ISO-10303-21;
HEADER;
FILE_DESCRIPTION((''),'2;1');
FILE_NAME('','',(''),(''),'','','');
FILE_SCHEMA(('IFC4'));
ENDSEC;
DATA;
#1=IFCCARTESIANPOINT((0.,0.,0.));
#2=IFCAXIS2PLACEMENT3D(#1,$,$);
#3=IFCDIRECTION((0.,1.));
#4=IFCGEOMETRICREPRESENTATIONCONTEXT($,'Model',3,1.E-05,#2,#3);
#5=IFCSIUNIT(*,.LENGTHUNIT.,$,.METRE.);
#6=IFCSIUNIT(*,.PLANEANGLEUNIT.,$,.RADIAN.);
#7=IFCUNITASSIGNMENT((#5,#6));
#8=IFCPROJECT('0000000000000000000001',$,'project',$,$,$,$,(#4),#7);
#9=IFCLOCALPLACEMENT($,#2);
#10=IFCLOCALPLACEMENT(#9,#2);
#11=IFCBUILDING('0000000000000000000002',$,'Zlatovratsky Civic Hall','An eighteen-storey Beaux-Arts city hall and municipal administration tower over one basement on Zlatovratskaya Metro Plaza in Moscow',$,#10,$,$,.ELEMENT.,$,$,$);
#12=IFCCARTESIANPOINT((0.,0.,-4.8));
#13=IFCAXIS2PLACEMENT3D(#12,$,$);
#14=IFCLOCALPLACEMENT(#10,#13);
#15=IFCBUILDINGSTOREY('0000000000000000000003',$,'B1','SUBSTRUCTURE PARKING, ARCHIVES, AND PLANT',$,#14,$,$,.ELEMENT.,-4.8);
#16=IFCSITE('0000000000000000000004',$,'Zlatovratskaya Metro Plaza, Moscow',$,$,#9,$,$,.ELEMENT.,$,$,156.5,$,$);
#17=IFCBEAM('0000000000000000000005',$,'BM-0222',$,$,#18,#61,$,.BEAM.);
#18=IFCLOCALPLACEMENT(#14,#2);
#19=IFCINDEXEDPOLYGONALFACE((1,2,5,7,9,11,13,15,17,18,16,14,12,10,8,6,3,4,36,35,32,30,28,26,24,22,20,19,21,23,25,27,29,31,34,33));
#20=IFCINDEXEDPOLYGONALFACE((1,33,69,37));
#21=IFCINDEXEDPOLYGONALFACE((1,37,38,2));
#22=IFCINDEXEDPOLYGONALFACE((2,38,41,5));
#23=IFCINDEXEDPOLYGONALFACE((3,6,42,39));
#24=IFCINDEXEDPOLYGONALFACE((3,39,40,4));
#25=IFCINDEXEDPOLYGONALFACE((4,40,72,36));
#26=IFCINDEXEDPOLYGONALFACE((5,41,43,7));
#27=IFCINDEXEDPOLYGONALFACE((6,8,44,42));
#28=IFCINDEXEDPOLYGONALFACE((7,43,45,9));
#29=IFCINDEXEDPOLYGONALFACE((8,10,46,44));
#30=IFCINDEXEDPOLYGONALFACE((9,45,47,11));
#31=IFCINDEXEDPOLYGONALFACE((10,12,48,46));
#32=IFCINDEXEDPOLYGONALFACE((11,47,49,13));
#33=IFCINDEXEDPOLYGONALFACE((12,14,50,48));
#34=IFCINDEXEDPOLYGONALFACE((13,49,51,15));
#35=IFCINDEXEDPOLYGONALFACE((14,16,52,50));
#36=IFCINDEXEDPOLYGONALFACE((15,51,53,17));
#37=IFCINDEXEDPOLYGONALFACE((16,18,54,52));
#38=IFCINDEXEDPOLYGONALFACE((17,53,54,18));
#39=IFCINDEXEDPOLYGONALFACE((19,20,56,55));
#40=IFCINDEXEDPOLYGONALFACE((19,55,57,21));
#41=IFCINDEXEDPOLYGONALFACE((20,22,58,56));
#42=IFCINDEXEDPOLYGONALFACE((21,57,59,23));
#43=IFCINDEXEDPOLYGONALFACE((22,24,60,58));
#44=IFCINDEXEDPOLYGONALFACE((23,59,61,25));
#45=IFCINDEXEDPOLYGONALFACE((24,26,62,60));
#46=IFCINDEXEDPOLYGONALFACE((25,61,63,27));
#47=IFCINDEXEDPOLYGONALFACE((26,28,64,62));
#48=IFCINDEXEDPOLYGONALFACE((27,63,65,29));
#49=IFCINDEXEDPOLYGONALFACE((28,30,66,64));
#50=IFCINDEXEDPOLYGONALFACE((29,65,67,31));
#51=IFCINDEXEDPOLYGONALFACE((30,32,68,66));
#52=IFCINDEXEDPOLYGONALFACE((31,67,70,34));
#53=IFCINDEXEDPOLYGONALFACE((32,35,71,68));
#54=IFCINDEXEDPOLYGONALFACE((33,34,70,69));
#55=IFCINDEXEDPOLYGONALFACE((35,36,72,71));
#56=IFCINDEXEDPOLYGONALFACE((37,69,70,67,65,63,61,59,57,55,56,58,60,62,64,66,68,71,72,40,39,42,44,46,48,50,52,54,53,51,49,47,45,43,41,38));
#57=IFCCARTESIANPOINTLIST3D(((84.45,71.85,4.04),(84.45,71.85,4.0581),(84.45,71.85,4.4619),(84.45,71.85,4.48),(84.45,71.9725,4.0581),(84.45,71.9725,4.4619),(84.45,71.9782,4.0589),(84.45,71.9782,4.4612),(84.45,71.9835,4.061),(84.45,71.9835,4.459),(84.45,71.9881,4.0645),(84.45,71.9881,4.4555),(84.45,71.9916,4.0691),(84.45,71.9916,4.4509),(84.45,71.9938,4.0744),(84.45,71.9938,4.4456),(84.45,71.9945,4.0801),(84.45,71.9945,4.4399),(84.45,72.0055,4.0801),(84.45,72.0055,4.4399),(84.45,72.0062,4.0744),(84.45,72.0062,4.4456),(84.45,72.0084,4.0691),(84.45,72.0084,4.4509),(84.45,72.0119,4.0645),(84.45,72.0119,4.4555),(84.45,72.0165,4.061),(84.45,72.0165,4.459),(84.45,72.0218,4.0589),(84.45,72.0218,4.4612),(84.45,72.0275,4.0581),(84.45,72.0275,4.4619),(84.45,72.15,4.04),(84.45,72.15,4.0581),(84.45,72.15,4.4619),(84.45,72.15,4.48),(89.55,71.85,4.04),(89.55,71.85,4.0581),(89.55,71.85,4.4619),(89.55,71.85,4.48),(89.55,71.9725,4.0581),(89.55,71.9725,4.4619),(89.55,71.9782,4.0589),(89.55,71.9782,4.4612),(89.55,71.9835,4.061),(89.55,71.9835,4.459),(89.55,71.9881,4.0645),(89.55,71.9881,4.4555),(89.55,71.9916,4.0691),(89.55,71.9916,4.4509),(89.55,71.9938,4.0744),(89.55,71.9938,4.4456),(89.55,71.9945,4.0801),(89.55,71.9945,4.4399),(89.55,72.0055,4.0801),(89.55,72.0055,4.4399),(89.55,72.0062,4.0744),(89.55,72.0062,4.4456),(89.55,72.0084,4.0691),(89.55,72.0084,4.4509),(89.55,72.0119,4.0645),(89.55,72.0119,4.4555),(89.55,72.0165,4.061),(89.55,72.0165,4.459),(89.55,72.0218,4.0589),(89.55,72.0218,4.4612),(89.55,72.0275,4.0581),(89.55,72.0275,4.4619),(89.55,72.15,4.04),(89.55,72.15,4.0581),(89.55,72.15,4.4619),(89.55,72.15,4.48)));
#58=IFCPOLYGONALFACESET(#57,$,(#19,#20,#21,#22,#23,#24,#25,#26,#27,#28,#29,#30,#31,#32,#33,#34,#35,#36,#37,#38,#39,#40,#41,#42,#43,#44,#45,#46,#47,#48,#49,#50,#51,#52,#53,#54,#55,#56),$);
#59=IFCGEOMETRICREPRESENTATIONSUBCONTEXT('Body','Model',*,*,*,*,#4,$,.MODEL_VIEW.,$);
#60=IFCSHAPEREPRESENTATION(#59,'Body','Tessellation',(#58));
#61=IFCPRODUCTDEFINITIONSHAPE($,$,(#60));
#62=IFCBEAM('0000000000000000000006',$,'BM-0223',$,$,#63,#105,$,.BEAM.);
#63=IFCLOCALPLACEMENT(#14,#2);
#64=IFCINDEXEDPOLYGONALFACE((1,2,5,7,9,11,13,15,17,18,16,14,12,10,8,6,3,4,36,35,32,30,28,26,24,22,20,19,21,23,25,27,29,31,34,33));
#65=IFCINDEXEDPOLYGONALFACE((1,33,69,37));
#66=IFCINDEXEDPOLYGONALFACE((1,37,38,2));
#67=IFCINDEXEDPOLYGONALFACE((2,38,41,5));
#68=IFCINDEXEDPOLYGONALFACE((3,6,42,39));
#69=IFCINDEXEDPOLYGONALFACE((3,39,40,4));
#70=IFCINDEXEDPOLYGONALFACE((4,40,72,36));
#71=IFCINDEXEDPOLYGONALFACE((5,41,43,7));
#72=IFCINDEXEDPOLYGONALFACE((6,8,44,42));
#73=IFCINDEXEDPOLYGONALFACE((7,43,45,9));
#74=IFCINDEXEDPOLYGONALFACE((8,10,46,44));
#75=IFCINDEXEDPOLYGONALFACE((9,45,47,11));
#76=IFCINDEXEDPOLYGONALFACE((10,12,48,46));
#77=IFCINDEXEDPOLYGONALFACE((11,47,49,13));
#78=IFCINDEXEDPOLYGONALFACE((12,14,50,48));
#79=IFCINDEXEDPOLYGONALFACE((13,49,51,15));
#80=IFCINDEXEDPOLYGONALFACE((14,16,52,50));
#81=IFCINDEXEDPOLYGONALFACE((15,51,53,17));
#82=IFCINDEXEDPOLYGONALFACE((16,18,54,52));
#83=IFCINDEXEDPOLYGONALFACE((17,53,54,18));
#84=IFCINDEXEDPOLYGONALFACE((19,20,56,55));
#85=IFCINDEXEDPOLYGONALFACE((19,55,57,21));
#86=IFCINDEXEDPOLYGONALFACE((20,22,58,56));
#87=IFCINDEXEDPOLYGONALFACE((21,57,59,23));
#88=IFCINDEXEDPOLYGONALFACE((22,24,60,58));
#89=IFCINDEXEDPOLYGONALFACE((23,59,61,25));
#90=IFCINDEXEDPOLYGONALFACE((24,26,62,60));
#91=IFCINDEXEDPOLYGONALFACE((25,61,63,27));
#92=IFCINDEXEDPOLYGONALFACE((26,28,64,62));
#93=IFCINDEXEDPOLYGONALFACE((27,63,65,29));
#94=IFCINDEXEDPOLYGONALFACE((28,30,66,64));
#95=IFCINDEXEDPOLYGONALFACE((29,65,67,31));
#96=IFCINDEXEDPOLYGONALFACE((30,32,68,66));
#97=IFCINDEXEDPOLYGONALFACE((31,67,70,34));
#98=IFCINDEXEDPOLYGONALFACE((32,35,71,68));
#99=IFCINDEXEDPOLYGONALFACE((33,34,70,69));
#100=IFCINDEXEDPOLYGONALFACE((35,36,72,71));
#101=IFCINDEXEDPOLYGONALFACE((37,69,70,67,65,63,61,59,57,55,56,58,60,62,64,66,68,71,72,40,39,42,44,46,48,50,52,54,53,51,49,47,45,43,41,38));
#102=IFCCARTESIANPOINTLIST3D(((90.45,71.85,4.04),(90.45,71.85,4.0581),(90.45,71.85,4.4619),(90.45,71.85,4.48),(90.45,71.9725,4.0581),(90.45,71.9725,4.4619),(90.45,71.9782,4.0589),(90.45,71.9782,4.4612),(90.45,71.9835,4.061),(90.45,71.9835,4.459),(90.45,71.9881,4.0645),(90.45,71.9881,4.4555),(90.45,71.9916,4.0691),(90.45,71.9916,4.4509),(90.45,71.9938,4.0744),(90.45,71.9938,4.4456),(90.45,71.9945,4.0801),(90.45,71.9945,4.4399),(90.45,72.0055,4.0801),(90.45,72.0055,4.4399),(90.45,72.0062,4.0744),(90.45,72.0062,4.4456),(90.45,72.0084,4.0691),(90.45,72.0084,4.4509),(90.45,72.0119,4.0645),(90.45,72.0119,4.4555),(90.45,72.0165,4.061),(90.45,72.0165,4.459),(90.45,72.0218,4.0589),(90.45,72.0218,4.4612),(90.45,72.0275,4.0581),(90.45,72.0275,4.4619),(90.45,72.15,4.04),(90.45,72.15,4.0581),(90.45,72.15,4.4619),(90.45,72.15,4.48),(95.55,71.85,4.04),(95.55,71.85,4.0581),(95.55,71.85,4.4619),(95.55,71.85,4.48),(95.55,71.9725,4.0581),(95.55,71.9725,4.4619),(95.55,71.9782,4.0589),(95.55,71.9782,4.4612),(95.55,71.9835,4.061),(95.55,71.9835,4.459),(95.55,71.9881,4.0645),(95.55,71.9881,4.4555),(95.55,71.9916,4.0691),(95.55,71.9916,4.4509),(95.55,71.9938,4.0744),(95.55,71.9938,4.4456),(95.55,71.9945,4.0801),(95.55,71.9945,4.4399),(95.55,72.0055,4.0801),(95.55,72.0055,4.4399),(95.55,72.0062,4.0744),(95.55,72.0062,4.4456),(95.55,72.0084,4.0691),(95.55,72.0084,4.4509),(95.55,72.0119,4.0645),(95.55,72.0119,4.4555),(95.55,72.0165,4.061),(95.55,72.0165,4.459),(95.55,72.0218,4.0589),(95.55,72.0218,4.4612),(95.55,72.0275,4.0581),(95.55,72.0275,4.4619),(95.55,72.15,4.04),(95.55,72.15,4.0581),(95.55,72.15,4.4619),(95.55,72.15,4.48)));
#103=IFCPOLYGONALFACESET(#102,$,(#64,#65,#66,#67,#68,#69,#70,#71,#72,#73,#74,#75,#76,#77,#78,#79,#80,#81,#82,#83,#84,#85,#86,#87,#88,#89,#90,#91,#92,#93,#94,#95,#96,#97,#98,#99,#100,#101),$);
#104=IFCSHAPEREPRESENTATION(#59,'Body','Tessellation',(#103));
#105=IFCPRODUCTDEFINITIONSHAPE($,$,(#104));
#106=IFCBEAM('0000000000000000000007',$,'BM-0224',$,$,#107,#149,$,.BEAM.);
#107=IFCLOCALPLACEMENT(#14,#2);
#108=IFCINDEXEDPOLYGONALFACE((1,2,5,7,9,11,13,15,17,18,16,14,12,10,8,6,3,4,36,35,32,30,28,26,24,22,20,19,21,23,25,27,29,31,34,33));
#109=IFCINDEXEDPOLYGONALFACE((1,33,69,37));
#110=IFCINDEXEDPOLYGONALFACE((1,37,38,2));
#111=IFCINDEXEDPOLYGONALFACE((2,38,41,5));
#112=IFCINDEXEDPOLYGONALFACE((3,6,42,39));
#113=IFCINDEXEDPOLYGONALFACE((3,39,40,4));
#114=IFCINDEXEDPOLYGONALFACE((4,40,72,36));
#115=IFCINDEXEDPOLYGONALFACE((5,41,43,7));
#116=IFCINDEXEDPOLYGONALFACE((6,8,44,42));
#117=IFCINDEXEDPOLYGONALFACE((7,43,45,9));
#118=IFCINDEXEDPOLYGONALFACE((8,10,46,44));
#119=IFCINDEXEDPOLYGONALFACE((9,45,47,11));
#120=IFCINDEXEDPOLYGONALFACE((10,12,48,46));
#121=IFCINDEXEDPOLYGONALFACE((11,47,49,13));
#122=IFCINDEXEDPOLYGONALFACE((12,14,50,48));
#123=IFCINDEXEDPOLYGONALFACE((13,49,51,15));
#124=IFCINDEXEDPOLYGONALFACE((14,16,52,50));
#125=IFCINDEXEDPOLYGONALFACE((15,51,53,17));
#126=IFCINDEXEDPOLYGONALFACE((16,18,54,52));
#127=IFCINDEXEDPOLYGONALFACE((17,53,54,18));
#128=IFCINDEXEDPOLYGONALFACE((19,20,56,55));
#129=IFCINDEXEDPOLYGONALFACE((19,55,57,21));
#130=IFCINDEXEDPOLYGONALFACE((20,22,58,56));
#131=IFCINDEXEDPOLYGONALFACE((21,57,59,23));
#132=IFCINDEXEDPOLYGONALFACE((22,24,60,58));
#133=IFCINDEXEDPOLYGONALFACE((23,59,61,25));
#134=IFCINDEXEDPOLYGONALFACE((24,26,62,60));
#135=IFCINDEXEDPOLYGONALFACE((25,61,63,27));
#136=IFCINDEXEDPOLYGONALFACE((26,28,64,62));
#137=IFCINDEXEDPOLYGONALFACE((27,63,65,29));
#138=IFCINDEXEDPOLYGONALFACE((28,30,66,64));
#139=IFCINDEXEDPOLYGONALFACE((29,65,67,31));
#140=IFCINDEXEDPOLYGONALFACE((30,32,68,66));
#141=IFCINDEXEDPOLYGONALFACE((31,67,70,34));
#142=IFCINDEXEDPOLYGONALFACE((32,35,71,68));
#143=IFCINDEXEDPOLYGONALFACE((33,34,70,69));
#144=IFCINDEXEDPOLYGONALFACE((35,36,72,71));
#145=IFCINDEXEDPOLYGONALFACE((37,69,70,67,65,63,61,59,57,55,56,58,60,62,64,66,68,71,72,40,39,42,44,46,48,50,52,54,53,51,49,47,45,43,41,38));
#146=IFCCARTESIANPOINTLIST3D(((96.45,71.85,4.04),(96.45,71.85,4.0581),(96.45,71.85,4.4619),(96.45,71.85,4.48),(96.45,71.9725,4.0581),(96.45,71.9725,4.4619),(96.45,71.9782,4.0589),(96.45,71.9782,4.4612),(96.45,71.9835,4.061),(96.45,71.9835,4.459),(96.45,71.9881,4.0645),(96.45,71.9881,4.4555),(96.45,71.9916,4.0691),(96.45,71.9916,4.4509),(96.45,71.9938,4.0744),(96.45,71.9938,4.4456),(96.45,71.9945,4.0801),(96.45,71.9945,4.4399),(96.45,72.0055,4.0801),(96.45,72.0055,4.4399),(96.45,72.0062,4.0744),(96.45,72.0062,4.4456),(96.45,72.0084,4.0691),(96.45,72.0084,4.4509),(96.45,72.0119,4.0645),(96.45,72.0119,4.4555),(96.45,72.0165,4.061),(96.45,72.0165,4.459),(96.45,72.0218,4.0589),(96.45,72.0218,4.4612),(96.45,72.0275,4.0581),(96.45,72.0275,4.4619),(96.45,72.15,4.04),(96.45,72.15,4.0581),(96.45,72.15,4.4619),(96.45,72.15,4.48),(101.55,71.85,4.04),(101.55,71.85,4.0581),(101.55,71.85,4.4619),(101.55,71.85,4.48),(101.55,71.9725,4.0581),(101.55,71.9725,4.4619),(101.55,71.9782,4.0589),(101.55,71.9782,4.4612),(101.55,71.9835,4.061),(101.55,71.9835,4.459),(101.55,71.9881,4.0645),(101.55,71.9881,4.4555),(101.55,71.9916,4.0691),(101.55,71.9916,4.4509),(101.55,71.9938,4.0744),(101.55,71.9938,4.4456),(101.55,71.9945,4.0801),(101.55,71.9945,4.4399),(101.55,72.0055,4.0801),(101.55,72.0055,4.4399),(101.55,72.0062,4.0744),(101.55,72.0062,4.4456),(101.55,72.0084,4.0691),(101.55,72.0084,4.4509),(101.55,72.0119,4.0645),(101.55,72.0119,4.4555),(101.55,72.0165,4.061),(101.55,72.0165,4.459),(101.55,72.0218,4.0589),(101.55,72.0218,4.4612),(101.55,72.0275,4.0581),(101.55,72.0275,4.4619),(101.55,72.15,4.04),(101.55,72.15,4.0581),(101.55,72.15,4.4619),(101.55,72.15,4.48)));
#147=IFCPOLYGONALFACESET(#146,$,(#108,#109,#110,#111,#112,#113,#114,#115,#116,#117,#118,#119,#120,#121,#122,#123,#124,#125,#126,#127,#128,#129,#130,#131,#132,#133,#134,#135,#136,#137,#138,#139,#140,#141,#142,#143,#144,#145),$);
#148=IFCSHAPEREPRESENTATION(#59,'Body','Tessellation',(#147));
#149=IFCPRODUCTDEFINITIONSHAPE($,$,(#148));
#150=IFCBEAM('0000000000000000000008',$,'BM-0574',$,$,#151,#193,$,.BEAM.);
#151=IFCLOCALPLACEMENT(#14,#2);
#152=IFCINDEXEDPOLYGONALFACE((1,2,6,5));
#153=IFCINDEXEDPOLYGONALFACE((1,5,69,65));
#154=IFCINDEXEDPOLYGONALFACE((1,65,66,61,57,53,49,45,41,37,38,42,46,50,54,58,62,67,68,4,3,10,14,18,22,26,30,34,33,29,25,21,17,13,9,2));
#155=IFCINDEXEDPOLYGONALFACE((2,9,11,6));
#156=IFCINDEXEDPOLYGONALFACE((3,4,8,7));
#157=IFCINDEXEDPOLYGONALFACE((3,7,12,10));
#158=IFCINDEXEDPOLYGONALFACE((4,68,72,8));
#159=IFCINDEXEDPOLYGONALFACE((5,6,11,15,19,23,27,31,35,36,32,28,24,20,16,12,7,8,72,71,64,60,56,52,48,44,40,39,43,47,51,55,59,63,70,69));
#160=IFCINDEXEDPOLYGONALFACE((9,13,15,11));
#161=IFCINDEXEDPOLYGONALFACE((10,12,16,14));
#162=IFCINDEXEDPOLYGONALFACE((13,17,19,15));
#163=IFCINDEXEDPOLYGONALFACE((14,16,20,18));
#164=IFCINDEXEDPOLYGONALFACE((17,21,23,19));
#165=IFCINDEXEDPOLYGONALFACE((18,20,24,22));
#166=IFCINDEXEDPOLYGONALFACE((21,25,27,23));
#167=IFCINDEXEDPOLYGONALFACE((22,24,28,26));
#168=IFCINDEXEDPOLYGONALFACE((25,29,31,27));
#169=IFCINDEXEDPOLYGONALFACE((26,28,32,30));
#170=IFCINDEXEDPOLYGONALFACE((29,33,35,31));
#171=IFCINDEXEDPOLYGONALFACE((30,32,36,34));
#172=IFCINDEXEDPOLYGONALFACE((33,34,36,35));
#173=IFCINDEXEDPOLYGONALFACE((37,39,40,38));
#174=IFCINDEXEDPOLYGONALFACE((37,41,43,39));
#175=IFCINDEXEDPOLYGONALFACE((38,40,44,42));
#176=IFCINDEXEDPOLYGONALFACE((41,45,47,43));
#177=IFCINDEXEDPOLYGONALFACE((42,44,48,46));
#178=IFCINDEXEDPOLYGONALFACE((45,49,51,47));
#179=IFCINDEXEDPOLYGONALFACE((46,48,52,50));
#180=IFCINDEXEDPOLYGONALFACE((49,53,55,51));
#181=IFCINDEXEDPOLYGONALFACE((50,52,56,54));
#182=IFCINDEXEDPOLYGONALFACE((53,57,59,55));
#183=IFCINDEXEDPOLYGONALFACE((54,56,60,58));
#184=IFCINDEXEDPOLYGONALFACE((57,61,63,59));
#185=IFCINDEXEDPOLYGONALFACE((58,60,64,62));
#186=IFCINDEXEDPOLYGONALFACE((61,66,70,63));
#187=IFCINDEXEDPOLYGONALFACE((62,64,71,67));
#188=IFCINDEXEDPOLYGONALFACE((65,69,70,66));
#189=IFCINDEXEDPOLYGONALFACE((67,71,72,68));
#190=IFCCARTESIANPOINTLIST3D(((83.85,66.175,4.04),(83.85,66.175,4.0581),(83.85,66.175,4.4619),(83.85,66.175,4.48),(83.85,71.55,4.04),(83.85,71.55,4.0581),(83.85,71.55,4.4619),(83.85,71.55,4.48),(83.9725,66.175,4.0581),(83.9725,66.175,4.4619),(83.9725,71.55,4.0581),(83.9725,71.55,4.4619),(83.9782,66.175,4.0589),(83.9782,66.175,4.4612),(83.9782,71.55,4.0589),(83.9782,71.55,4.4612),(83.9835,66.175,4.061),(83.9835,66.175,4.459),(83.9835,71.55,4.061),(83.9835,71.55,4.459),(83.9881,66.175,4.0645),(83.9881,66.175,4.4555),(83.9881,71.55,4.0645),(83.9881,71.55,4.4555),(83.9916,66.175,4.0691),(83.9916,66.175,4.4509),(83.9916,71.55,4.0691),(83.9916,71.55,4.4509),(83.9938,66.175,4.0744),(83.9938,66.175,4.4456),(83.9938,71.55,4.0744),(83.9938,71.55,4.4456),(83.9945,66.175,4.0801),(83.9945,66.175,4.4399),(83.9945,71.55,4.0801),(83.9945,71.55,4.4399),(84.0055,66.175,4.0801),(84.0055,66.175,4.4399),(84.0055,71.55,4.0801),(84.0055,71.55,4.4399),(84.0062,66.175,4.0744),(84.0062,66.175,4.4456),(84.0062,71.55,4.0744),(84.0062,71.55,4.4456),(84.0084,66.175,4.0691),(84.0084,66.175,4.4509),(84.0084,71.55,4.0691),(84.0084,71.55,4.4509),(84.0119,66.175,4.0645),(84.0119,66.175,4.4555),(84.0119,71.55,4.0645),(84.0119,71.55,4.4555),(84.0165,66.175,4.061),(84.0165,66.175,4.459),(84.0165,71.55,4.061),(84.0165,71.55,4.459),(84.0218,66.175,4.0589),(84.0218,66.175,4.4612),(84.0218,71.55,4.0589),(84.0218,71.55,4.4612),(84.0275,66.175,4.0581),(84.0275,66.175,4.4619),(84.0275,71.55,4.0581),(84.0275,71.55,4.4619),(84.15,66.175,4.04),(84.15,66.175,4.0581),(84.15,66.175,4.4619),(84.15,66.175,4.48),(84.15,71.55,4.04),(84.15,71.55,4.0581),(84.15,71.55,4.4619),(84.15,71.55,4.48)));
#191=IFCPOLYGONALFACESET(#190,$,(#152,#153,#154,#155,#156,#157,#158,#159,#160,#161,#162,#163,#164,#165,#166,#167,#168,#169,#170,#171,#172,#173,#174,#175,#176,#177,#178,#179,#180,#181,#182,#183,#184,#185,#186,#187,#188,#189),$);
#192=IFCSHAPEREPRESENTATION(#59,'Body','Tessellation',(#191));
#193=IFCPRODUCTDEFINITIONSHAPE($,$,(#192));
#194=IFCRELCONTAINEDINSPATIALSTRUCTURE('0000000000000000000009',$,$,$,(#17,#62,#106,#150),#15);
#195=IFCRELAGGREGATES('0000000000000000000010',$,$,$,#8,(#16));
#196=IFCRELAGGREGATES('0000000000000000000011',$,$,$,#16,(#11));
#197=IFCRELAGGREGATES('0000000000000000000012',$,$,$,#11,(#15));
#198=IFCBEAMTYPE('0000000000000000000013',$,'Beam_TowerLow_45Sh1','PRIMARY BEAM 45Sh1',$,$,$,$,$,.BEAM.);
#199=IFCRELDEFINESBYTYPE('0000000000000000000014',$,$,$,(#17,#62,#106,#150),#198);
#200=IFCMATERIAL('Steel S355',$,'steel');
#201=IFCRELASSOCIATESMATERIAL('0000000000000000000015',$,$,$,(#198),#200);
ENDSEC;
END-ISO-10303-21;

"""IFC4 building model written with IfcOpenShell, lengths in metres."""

from ifc_helpers import new_model, si_unit, direction, frame, origin, origin_2d, place, context, subcontext, project, spatial, i_section, extrude, material, material_profile, profile_set, type_object, element, save


model = new_model("IFC4")

# Units and contexts
model_context = context("Model", 3, precision=1e-05, world=origin(), true_north=direction((0.0, 1.0)))
body_context = subcontext(model_context, "Body", "Model", "MODEL_VIEW")
ifc_project = project(units=[si_unit("LENGTHUNIT", "METRE"), si_unit("PLANEANGLEUNIT", "RADIAN")], contexts=[model_context])

# Site, building, storey
site_placement = place(None, origin())
site = spatial("IfcSite", under=ifc_project, at=site_placement, Name="Zlatovratskaya Metro Plaza, Moscow", CompositionType="ELEMENT", RefElevation=156.5)
building_placement = place(site_placement, origin())
building = spatial("IfcBuilding", under=site, at=building_placement, Name="Zlatovratsky Civic Hall", Description="An eighteen-storey Beaux-Arts city hall and municipal administration tower over one basement on Zlatovratskaya Metro Plaza in Moscow", CompositionType="ELEMENT")
storey_placement = place(building_placement, frame((0.0, 0.0, -4.8)))
storey = spatial("IfcBuildingStorey", under=building, at=storey_placement, Name="B1", Description="SUBSTRUCTURE PARKING, ARCHIVES, AND PLANT", CompositionType="ELEMENT", Elevation=-4.8)

# Beams
ifc_material_1 = material(Name="Steel S355", Category="steel")
ifc_material_profile_1 = material_profile(ifc_material_1, i_section(OverallWidth=0.3, OverallDepth=0.4399, WebThickness=0.011, FlangeThickness=0.0181, FilletRadius=0.022, at=origin_2d()), Name="45Sh1")
ifc_profile_set_1 = profile_set([ifc_material_profile_1], Name="Steel S355")
beam_type = type_object("IfcBeamType", Name="Beam_TowerLow_45Sh1", Description="PRIMARY BEAM 45Sh1", PredefinedType="BEAM", material=ifc_profile_set_1)
for number, where, z_axis, x_axis, name in (
    (1, (84.45, 72.0, 4.26), (1.0, 0.0, 0.0), (0.0, 1.0, 0.0), "BM-0222"),
    (2, (90.45, 72.0, 4.26), (1.0, 0.0, 0.0), (0.0, 1.0, 0.0), "BM-0223"),
    (3, (96.45, 72.0, 4.26), (1.0, 0.0, 0.0), (0.0, 1.0, 0.0), "BM-0224"),
):
    element("IfcBeam", number, at=place(storey_placement, frame(where, z_axis=z_axis, x_axis=x_axis)), inside=storey, type_object=beam_type, Name=name, PredefinedType="BEAM", context=body_context, shape_type="SweptSolid", body=[
        extrude(i_section(OverallWidth=0.3, OverallDepth=0.4399, WebThickness=0.011, FlangeThickness=0.0181, FilletRadius=0.022, at=origin_2d()), origin(), (0.0, 0.0, 1.0), 5.1001),
    ])
beam_1_placement = place(storey_placement, frame((84.0, 66.175, 4.26), z_axis=(0.0, 1.0, 0.0), x_axis=(-1.0, 0.0, 0.0)))
element("IfcBeam", 4, at=beam_1_placement, inside=storey, type_object=beam_type, Name="BM-0574", PredefinedType="BEAM", context=body_context, shape_type="SweptSolid", body=[
    extrude(i_section(OverallWidth=0.3, OverallDepth=0.4399, WebThickness=0.011, FlangeThickness=0.0181, FilletRadius=0.022, at=origin_2d()), origin(), (0.0, 0.0, 1.0), 5.375),
])

save(model, "model.ifc")
